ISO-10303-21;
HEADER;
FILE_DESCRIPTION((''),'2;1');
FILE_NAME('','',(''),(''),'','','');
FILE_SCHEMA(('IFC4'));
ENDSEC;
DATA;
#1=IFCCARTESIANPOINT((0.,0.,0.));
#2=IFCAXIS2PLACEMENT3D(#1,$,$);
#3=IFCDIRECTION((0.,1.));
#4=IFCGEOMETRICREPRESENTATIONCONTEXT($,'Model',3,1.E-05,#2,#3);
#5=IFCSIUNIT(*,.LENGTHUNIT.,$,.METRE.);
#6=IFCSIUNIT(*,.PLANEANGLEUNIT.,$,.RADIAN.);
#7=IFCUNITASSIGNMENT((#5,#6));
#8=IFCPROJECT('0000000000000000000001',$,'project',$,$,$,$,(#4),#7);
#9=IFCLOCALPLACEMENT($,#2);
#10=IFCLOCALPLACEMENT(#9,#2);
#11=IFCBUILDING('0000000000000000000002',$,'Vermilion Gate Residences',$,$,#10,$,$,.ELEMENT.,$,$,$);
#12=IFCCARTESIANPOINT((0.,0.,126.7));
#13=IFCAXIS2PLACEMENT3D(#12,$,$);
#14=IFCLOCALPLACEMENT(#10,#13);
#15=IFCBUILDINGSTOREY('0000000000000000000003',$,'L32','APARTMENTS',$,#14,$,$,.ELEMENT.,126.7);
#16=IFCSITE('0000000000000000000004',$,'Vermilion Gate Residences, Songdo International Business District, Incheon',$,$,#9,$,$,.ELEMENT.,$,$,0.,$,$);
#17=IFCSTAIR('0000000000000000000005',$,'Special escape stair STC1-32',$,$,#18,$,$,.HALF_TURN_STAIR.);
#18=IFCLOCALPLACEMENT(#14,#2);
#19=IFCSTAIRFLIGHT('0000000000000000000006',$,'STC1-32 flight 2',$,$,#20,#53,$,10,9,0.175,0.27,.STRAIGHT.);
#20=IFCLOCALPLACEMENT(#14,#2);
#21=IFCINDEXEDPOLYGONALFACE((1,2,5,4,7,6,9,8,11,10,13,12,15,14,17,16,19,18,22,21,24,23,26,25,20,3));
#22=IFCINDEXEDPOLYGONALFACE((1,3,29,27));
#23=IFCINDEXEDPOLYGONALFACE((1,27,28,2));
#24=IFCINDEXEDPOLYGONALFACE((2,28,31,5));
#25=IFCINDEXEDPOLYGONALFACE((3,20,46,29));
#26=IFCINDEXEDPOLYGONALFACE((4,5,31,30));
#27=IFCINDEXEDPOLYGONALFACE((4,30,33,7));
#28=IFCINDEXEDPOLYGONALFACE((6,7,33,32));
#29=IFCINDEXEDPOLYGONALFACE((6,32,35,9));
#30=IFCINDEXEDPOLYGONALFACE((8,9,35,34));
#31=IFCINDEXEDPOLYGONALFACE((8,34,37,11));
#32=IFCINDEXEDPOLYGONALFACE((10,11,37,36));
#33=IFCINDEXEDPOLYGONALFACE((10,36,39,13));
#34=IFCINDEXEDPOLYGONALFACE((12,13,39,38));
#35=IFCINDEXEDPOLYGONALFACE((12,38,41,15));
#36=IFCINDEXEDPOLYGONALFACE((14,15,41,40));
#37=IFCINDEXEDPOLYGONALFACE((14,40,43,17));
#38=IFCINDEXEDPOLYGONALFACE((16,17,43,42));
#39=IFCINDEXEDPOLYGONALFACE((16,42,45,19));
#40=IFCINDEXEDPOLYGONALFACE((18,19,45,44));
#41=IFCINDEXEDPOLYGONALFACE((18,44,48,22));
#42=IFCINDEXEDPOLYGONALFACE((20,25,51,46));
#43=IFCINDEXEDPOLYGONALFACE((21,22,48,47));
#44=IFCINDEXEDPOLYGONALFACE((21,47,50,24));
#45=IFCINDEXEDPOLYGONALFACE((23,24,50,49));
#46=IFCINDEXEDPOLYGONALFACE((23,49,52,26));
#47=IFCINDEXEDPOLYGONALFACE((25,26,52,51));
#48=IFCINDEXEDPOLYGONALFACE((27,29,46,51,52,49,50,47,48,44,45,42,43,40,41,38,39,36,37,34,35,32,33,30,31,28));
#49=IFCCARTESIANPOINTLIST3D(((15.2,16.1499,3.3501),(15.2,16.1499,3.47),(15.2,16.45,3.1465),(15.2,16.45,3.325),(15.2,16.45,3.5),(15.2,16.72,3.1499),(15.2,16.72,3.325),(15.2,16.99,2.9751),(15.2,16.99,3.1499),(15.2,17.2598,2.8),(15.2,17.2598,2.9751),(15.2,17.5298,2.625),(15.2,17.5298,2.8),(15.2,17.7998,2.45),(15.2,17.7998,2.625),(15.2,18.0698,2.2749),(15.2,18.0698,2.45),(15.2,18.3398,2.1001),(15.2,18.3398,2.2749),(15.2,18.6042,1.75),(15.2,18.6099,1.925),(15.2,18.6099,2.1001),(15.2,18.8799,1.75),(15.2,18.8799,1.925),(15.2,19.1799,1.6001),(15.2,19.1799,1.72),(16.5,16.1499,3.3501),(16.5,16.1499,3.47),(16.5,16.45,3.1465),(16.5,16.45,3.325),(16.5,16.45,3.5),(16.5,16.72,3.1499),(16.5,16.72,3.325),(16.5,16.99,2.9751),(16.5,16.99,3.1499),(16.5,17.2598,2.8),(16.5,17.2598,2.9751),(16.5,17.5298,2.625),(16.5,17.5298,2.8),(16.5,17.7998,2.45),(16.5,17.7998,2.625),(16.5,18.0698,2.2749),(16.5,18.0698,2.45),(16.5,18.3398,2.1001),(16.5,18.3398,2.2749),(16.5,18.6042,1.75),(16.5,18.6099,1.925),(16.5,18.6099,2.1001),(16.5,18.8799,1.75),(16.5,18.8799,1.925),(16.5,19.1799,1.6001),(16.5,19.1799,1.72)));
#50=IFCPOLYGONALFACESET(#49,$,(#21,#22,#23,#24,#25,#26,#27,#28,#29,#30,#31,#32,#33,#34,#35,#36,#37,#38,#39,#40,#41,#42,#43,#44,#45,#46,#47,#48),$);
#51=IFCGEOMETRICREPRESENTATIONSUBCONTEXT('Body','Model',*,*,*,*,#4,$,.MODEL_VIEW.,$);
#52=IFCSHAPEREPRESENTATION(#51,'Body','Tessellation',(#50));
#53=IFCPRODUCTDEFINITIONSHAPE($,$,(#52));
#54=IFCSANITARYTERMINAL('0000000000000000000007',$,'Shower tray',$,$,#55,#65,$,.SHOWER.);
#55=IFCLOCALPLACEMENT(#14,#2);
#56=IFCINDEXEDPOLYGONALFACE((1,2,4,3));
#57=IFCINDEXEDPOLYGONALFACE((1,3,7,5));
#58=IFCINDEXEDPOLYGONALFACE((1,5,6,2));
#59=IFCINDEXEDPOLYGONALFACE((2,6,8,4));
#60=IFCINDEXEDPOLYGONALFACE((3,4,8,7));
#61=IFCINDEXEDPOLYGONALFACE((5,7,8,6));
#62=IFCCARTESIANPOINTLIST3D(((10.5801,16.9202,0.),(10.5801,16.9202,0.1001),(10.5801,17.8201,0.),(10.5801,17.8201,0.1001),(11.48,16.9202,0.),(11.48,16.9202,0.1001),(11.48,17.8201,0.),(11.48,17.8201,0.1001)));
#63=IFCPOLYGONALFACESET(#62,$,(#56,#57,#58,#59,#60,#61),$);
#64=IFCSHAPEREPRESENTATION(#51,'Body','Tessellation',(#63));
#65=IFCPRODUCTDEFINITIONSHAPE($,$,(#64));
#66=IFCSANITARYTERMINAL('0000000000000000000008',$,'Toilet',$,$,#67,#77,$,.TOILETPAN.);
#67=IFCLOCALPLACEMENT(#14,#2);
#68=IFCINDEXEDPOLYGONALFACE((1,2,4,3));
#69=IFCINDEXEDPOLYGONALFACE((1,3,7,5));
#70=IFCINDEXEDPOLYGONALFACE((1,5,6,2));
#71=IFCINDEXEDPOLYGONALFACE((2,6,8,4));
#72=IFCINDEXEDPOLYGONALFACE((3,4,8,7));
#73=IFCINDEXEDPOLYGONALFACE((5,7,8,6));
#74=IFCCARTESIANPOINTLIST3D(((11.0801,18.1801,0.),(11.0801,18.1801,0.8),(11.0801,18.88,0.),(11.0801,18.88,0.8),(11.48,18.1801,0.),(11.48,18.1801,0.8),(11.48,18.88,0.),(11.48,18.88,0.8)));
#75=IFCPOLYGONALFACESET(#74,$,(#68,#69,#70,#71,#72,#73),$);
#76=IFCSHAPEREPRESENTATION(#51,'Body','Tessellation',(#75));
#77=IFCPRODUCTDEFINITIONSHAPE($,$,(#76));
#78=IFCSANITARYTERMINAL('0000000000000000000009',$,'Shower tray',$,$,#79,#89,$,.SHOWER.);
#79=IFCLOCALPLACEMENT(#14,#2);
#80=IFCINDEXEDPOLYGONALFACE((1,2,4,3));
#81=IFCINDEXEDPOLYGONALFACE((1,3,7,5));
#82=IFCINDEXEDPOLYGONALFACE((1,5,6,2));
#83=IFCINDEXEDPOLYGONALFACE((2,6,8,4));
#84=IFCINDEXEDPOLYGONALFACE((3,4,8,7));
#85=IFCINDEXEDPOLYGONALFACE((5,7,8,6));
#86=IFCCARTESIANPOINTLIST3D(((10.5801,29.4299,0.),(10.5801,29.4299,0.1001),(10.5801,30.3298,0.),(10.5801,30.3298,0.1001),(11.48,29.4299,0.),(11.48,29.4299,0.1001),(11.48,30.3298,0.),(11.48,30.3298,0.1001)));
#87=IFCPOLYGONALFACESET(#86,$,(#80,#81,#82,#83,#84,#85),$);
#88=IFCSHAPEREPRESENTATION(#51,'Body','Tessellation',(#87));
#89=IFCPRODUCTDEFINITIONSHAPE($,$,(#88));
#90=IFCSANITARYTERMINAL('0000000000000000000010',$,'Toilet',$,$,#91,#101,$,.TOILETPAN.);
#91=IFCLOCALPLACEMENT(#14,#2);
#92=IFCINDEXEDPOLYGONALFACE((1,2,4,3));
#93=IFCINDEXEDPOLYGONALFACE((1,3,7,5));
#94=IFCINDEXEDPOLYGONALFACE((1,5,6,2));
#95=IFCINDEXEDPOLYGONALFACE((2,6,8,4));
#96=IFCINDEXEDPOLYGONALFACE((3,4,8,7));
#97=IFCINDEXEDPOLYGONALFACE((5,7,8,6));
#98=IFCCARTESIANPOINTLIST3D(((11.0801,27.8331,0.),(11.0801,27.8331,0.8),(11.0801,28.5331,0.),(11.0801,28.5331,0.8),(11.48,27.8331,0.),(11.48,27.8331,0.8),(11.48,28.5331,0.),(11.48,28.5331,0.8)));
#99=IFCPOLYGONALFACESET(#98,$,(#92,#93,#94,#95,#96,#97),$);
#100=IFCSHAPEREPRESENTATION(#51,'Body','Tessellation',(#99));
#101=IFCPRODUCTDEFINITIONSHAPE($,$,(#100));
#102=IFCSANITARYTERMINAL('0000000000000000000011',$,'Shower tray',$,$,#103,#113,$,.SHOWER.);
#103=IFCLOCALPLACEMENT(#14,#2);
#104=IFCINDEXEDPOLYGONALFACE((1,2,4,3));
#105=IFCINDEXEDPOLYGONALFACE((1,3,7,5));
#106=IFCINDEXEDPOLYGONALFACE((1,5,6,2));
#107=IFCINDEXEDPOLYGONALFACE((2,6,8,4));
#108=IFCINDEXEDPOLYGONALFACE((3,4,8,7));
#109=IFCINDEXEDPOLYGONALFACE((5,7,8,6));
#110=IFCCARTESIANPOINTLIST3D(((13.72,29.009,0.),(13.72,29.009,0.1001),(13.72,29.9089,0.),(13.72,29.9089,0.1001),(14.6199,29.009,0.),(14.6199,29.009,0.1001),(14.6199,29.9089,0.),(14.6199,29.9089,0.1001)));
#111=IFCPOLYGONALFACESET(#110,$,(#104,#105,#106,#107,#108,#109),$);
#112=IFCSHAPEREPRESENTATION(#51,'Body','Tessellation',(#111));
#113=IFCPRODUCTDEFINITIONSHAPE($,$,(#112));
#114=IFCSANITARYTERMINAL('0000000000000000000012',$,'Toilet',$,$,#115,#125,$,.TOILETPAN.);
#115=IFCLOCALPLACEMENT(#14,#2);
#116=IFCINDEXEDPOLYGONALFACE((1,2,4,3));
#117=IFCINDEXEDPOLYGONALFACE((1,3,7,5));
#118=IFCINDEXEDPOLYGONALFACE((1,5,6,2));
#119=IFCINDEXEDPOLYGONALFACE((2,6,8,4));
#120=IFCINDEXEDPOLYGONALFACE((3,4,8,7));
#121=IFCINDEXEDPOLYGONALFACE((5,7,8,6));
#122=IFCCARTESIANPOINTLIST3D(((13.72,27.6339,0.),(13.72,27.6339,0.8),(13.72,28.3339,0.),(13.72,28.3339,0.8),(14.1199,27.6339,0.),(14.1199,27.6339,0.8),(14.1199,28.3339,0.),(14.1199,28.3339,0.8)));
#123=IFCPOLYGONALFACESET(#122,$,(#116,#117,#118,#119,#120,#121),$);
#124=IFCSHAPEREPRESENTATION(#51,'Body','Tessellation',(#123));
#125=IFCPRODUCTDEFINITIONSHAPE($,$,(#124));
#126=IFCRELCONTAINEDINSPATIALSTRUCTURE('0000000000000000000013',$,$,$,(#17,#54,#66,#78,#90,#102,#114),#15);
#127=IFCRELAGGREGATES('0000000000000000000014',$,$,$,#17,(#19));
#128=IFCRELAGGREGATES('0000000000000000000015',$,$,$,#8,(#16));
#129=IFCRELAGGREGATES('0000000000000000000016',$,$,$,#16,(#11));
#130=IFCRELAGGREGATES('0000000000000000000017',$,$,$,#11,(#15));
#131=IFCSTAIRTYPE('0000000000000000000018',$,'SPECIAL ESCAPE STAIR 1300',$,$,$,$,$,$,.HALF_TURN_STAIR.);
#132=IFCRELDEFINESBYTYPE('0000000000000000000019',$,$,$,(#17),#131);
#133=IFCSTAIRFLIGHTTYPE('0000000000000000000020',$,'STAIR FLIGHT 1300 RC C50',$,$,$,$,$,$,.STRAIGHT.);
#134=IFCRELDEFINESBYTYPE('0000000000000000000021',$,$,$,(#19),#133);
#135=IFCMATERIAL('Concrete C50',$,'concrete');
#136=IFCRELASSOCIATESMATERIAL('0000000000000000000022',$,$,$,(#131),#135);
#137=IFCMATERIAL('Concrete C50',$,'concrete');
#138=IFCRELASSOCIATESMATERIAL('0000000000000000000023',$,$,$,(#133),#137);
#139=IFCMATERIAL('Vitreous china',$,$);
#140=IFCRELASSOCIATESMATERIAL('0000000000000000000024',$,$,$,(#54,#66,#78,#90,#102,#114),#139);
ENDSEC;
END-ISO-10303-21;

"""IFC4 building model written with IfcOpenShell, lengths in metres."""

from ifc_helpers import new_model, si_unit, direction, frame, origin, origin_2d, place, context, subcontext, project, spatial, polyline, rectangle, outline, extrude, material, type_object, element, aggregate, save


model = new_model("IFC4")

# Units and contexts
model_context = context("Model", 3, precision=1e-05, world=origin(), true_north=direction((0.0, 1.0)))
body_context = subcontext(model_context, "Body", "Model", "MODEL_VIEW")
ifc_project = project(units=[si_unit("LENGTHUNIT", "METRE"), si_unit("PLANEANGLEUNIT", "RADIAN")], contexts=[model_context])

# Site, building, storey
site_placement = place(None, origin())
site = spatial("IfcSite", under=ifc_project, at=site_placement, Name="Vermilion Gate Residences, Songdo International Business District, Incheon", CompositionType="ELEMENT", RefElevation=0.0)
building_placement = place(site_placement, origin())
building = spatial("IfcBuilding", under=site, at=building_placement, Name="Vermilion Gate Residences", CompositionType="ELEMENT")
storey_placement = place(building_placement, frame((0.0, 0.0, 126.7)))
storey = spatial("IfcBuildingStorey", under=building, at=storey_placement, Name="L32", Description="APARTMENTS", CompositionType="ELEMENT", Elevation=126.7)

# Stair, stair flight
ifc_material_1 = material(Name="Concrete C50", Category="concrete")
stair_type = type_object("IfcStairType", Name="SPECIAL ESCAPE STAIR 1300", PredefinedType="HALF_TURN_STAIR", material=ifc_material_1)
stair_placement = place(storey_placement, origin())
stair = element("IfcStair", 1, at=stair_placement, inside=storey, type_object=stair_type, Name="Special escape stair STC1-32", PredefinedType="HALF_TURN_STAIR")
ifc_material_2 = material(Name="Concrete C50", Category="concrete")
stair_flight_type = type_object("IfcStairFlightType", Name="STAIR FLIGHT 1300 RC C50", PredefinedType="STRAIGHT", material=ifc_material_2)
stair_flight_placement = place(storey_placement, frame((15.8501, 18.8799, 1.75), z_axis=(0.0, 0.0, 1.0), x_axis=(0.0, -1.0, 0.0)))
stair_flight = element("IfcStairFlight", 2, at=stair_flight_placement, type_object=stair_flight_type, Name="STC1-32 flight 2", NumberOfRisers=10, NumberOfTreads=9, PredefinedType="STRAIGHT", RiserHeight=0.175, TreadLength=0.27, context=body_context, shape_type="SweptSolid", body=[
    extrude(outline(polyline([(-0.3, -0.1499), (-0.3, -0.03), (0.0, 0.0), (0.0, 0.175), (0.27, 0.175), (0.27, 0.3501), (0.54, 0.3501), (0.54, 0.5249), (0.8101, 0.5249), (0.8101, 0.7), (1.0801, 0.7), (1.0801, 0.875), (1.3501, 0.875), (1.3501, 1.05), (1.6201, 1.05), (1.6201, 1.2251), (1.8899, 1.2251), (1.8899, 1.3999), (2.1599, 1.3999), (2.1599, 1.575), (2.4299, 1.575), (2.4299, 1.75), (2.73, 1.72), (2.73, 1.6001), (2.4299, 1.3965), (0.2756, 0.0), (-0.3, -0.1499)])), frame((0.0, 0.6499, 0.0), z_axis=(0.0, -1.0, 0.0), x_axis=(1.0, 0.0, 0.0)), (0.0, 0.0, 1.0), 1.3),
])
aggregate(stair, [stair_flight])

# Sanitary terminals
ifc_material_3 = material(Name="Vitreous china")
sanitary_terminal_1_placement = place(storey_placement, frame((11.03, 17.3701, 0.0), z_axis=(0.0, 0.0, 1.0), x_axis=(1.0, 0.0, 0.0)))
element("IfcSanitaryTerminal", 3, at=sanitary_terminal_1_placement, inside=storey, material=ifc_material_3, Name="Shower tray", PredefinedType="SHOWER", context=body_context, shape_type="SweptSolid", body=[
    extrude(rectangle(XDim=0.8999, YDim=0.8999, at=origin_2d()), origin(), (0.0, 0.0, 1.0), 0.1001),
])
sanitary_terminal_2_placement = place(storey_placement, frame((11.28, 18.53, 0.0), z_axis=(0.0, 0.0, 1.0), x_axis=(1.0, 0.0, 0.0)))
element("IfcSanitaryTerminal", 4, at=sanitary_terminal_2_placement, inside=storey, material=ifc_material_3, Name="Toilet", PredefinedType="TOILETPAN", context=body_context, shape_type="SweptSolid", body=[
    extrude(rectangle(XDim=0.3999, YDim=0.7, at=origin_2d()), origin(), (0.0, 0.0, 1.0), 0.8),
])
sanitary_terminal_3_placement = place(storey_placement, frame((11.03, 29.8799, 0.0), z_axis=(0.0, 0.0, 1.0), x_axis=(1.0, 0.0, 0.0)))
element("IfcSanitaryTerminal", 5, at=sanitary_terminal_3_placement, inside=storey, material=ifc_material_3, Name="Shower tray", PredefinedType="SHOWER", context=body_context, shape_type="SweptSolid", body=[
    extrude(rectangle(XDim=0.8999, YDim=0.8999, at=origin_2d()), origin(), (0.0, 0.0, 1.0), 0.1001),
])
sanitary_terminal_4_placement = place(storey_placement, frame((11.28, 28.1831, 0.0), z_axis=(0.0, 0.0, 1.0), x_axis=(1.0, 0.0, 0.0)))
element("IfcSanitaryTerminal", 6, at=sanitary_terminal_4_placement, inside=storey, material=ifc_material_3, Name="Toilet", PredefinedType="TOILETPAN", context=body_context, shape_type="SweptSolid", body=[
    extrude(rectangle(XDim=0.3999, YDim=0.7, at=origin_2d()), origin(), (0.0, 0.0, 1.0), 0.8),
])
sanitary_terminal_5_placement = place(storey_placement, frame((14.1699, 29.459, 0.0), z_axis=(0.0, 0.0, 1.0), x_axis=(1.0, 0.0, 0.0)))
element("IfcSanitaryTerminal", 7, at=sanitary_terminal_5_placement, inside=storey, material=ifc_material_3, Name="Shower tray", PredefinedType="SHOWER", context=body_context, shape_type="SweptSolid", body=[
    extrude(rectangle(XDim=0.8999, YDim=0.8999, at=origin_2d()), origin(), (0.0, 0.0, 1.0), 0.1001),
])
sanitary_terminal_6_placement = place(storey_placement, frame((13.9199, 27.9839, 0.0), z_axis=(0.0, 0.0, 1.0), x_axis=(1.0, 0.0, 0.0)))
element("IfcSanitaryTerminal", 8, at=sanitary_terminal_6_placement, inside=storey, material=ifc_material_3, Name="Toilet", PredefinedType="TOILETPAN", context=body_context, shape_type="SweptSolid", body=[
    extrude(rectangle(XDim=0.3999, YDim=0.7, at=origin_2d()), origin(), (0.0, 0.0, 1.0), 0.8),
])

save(model, "model.ifc")
